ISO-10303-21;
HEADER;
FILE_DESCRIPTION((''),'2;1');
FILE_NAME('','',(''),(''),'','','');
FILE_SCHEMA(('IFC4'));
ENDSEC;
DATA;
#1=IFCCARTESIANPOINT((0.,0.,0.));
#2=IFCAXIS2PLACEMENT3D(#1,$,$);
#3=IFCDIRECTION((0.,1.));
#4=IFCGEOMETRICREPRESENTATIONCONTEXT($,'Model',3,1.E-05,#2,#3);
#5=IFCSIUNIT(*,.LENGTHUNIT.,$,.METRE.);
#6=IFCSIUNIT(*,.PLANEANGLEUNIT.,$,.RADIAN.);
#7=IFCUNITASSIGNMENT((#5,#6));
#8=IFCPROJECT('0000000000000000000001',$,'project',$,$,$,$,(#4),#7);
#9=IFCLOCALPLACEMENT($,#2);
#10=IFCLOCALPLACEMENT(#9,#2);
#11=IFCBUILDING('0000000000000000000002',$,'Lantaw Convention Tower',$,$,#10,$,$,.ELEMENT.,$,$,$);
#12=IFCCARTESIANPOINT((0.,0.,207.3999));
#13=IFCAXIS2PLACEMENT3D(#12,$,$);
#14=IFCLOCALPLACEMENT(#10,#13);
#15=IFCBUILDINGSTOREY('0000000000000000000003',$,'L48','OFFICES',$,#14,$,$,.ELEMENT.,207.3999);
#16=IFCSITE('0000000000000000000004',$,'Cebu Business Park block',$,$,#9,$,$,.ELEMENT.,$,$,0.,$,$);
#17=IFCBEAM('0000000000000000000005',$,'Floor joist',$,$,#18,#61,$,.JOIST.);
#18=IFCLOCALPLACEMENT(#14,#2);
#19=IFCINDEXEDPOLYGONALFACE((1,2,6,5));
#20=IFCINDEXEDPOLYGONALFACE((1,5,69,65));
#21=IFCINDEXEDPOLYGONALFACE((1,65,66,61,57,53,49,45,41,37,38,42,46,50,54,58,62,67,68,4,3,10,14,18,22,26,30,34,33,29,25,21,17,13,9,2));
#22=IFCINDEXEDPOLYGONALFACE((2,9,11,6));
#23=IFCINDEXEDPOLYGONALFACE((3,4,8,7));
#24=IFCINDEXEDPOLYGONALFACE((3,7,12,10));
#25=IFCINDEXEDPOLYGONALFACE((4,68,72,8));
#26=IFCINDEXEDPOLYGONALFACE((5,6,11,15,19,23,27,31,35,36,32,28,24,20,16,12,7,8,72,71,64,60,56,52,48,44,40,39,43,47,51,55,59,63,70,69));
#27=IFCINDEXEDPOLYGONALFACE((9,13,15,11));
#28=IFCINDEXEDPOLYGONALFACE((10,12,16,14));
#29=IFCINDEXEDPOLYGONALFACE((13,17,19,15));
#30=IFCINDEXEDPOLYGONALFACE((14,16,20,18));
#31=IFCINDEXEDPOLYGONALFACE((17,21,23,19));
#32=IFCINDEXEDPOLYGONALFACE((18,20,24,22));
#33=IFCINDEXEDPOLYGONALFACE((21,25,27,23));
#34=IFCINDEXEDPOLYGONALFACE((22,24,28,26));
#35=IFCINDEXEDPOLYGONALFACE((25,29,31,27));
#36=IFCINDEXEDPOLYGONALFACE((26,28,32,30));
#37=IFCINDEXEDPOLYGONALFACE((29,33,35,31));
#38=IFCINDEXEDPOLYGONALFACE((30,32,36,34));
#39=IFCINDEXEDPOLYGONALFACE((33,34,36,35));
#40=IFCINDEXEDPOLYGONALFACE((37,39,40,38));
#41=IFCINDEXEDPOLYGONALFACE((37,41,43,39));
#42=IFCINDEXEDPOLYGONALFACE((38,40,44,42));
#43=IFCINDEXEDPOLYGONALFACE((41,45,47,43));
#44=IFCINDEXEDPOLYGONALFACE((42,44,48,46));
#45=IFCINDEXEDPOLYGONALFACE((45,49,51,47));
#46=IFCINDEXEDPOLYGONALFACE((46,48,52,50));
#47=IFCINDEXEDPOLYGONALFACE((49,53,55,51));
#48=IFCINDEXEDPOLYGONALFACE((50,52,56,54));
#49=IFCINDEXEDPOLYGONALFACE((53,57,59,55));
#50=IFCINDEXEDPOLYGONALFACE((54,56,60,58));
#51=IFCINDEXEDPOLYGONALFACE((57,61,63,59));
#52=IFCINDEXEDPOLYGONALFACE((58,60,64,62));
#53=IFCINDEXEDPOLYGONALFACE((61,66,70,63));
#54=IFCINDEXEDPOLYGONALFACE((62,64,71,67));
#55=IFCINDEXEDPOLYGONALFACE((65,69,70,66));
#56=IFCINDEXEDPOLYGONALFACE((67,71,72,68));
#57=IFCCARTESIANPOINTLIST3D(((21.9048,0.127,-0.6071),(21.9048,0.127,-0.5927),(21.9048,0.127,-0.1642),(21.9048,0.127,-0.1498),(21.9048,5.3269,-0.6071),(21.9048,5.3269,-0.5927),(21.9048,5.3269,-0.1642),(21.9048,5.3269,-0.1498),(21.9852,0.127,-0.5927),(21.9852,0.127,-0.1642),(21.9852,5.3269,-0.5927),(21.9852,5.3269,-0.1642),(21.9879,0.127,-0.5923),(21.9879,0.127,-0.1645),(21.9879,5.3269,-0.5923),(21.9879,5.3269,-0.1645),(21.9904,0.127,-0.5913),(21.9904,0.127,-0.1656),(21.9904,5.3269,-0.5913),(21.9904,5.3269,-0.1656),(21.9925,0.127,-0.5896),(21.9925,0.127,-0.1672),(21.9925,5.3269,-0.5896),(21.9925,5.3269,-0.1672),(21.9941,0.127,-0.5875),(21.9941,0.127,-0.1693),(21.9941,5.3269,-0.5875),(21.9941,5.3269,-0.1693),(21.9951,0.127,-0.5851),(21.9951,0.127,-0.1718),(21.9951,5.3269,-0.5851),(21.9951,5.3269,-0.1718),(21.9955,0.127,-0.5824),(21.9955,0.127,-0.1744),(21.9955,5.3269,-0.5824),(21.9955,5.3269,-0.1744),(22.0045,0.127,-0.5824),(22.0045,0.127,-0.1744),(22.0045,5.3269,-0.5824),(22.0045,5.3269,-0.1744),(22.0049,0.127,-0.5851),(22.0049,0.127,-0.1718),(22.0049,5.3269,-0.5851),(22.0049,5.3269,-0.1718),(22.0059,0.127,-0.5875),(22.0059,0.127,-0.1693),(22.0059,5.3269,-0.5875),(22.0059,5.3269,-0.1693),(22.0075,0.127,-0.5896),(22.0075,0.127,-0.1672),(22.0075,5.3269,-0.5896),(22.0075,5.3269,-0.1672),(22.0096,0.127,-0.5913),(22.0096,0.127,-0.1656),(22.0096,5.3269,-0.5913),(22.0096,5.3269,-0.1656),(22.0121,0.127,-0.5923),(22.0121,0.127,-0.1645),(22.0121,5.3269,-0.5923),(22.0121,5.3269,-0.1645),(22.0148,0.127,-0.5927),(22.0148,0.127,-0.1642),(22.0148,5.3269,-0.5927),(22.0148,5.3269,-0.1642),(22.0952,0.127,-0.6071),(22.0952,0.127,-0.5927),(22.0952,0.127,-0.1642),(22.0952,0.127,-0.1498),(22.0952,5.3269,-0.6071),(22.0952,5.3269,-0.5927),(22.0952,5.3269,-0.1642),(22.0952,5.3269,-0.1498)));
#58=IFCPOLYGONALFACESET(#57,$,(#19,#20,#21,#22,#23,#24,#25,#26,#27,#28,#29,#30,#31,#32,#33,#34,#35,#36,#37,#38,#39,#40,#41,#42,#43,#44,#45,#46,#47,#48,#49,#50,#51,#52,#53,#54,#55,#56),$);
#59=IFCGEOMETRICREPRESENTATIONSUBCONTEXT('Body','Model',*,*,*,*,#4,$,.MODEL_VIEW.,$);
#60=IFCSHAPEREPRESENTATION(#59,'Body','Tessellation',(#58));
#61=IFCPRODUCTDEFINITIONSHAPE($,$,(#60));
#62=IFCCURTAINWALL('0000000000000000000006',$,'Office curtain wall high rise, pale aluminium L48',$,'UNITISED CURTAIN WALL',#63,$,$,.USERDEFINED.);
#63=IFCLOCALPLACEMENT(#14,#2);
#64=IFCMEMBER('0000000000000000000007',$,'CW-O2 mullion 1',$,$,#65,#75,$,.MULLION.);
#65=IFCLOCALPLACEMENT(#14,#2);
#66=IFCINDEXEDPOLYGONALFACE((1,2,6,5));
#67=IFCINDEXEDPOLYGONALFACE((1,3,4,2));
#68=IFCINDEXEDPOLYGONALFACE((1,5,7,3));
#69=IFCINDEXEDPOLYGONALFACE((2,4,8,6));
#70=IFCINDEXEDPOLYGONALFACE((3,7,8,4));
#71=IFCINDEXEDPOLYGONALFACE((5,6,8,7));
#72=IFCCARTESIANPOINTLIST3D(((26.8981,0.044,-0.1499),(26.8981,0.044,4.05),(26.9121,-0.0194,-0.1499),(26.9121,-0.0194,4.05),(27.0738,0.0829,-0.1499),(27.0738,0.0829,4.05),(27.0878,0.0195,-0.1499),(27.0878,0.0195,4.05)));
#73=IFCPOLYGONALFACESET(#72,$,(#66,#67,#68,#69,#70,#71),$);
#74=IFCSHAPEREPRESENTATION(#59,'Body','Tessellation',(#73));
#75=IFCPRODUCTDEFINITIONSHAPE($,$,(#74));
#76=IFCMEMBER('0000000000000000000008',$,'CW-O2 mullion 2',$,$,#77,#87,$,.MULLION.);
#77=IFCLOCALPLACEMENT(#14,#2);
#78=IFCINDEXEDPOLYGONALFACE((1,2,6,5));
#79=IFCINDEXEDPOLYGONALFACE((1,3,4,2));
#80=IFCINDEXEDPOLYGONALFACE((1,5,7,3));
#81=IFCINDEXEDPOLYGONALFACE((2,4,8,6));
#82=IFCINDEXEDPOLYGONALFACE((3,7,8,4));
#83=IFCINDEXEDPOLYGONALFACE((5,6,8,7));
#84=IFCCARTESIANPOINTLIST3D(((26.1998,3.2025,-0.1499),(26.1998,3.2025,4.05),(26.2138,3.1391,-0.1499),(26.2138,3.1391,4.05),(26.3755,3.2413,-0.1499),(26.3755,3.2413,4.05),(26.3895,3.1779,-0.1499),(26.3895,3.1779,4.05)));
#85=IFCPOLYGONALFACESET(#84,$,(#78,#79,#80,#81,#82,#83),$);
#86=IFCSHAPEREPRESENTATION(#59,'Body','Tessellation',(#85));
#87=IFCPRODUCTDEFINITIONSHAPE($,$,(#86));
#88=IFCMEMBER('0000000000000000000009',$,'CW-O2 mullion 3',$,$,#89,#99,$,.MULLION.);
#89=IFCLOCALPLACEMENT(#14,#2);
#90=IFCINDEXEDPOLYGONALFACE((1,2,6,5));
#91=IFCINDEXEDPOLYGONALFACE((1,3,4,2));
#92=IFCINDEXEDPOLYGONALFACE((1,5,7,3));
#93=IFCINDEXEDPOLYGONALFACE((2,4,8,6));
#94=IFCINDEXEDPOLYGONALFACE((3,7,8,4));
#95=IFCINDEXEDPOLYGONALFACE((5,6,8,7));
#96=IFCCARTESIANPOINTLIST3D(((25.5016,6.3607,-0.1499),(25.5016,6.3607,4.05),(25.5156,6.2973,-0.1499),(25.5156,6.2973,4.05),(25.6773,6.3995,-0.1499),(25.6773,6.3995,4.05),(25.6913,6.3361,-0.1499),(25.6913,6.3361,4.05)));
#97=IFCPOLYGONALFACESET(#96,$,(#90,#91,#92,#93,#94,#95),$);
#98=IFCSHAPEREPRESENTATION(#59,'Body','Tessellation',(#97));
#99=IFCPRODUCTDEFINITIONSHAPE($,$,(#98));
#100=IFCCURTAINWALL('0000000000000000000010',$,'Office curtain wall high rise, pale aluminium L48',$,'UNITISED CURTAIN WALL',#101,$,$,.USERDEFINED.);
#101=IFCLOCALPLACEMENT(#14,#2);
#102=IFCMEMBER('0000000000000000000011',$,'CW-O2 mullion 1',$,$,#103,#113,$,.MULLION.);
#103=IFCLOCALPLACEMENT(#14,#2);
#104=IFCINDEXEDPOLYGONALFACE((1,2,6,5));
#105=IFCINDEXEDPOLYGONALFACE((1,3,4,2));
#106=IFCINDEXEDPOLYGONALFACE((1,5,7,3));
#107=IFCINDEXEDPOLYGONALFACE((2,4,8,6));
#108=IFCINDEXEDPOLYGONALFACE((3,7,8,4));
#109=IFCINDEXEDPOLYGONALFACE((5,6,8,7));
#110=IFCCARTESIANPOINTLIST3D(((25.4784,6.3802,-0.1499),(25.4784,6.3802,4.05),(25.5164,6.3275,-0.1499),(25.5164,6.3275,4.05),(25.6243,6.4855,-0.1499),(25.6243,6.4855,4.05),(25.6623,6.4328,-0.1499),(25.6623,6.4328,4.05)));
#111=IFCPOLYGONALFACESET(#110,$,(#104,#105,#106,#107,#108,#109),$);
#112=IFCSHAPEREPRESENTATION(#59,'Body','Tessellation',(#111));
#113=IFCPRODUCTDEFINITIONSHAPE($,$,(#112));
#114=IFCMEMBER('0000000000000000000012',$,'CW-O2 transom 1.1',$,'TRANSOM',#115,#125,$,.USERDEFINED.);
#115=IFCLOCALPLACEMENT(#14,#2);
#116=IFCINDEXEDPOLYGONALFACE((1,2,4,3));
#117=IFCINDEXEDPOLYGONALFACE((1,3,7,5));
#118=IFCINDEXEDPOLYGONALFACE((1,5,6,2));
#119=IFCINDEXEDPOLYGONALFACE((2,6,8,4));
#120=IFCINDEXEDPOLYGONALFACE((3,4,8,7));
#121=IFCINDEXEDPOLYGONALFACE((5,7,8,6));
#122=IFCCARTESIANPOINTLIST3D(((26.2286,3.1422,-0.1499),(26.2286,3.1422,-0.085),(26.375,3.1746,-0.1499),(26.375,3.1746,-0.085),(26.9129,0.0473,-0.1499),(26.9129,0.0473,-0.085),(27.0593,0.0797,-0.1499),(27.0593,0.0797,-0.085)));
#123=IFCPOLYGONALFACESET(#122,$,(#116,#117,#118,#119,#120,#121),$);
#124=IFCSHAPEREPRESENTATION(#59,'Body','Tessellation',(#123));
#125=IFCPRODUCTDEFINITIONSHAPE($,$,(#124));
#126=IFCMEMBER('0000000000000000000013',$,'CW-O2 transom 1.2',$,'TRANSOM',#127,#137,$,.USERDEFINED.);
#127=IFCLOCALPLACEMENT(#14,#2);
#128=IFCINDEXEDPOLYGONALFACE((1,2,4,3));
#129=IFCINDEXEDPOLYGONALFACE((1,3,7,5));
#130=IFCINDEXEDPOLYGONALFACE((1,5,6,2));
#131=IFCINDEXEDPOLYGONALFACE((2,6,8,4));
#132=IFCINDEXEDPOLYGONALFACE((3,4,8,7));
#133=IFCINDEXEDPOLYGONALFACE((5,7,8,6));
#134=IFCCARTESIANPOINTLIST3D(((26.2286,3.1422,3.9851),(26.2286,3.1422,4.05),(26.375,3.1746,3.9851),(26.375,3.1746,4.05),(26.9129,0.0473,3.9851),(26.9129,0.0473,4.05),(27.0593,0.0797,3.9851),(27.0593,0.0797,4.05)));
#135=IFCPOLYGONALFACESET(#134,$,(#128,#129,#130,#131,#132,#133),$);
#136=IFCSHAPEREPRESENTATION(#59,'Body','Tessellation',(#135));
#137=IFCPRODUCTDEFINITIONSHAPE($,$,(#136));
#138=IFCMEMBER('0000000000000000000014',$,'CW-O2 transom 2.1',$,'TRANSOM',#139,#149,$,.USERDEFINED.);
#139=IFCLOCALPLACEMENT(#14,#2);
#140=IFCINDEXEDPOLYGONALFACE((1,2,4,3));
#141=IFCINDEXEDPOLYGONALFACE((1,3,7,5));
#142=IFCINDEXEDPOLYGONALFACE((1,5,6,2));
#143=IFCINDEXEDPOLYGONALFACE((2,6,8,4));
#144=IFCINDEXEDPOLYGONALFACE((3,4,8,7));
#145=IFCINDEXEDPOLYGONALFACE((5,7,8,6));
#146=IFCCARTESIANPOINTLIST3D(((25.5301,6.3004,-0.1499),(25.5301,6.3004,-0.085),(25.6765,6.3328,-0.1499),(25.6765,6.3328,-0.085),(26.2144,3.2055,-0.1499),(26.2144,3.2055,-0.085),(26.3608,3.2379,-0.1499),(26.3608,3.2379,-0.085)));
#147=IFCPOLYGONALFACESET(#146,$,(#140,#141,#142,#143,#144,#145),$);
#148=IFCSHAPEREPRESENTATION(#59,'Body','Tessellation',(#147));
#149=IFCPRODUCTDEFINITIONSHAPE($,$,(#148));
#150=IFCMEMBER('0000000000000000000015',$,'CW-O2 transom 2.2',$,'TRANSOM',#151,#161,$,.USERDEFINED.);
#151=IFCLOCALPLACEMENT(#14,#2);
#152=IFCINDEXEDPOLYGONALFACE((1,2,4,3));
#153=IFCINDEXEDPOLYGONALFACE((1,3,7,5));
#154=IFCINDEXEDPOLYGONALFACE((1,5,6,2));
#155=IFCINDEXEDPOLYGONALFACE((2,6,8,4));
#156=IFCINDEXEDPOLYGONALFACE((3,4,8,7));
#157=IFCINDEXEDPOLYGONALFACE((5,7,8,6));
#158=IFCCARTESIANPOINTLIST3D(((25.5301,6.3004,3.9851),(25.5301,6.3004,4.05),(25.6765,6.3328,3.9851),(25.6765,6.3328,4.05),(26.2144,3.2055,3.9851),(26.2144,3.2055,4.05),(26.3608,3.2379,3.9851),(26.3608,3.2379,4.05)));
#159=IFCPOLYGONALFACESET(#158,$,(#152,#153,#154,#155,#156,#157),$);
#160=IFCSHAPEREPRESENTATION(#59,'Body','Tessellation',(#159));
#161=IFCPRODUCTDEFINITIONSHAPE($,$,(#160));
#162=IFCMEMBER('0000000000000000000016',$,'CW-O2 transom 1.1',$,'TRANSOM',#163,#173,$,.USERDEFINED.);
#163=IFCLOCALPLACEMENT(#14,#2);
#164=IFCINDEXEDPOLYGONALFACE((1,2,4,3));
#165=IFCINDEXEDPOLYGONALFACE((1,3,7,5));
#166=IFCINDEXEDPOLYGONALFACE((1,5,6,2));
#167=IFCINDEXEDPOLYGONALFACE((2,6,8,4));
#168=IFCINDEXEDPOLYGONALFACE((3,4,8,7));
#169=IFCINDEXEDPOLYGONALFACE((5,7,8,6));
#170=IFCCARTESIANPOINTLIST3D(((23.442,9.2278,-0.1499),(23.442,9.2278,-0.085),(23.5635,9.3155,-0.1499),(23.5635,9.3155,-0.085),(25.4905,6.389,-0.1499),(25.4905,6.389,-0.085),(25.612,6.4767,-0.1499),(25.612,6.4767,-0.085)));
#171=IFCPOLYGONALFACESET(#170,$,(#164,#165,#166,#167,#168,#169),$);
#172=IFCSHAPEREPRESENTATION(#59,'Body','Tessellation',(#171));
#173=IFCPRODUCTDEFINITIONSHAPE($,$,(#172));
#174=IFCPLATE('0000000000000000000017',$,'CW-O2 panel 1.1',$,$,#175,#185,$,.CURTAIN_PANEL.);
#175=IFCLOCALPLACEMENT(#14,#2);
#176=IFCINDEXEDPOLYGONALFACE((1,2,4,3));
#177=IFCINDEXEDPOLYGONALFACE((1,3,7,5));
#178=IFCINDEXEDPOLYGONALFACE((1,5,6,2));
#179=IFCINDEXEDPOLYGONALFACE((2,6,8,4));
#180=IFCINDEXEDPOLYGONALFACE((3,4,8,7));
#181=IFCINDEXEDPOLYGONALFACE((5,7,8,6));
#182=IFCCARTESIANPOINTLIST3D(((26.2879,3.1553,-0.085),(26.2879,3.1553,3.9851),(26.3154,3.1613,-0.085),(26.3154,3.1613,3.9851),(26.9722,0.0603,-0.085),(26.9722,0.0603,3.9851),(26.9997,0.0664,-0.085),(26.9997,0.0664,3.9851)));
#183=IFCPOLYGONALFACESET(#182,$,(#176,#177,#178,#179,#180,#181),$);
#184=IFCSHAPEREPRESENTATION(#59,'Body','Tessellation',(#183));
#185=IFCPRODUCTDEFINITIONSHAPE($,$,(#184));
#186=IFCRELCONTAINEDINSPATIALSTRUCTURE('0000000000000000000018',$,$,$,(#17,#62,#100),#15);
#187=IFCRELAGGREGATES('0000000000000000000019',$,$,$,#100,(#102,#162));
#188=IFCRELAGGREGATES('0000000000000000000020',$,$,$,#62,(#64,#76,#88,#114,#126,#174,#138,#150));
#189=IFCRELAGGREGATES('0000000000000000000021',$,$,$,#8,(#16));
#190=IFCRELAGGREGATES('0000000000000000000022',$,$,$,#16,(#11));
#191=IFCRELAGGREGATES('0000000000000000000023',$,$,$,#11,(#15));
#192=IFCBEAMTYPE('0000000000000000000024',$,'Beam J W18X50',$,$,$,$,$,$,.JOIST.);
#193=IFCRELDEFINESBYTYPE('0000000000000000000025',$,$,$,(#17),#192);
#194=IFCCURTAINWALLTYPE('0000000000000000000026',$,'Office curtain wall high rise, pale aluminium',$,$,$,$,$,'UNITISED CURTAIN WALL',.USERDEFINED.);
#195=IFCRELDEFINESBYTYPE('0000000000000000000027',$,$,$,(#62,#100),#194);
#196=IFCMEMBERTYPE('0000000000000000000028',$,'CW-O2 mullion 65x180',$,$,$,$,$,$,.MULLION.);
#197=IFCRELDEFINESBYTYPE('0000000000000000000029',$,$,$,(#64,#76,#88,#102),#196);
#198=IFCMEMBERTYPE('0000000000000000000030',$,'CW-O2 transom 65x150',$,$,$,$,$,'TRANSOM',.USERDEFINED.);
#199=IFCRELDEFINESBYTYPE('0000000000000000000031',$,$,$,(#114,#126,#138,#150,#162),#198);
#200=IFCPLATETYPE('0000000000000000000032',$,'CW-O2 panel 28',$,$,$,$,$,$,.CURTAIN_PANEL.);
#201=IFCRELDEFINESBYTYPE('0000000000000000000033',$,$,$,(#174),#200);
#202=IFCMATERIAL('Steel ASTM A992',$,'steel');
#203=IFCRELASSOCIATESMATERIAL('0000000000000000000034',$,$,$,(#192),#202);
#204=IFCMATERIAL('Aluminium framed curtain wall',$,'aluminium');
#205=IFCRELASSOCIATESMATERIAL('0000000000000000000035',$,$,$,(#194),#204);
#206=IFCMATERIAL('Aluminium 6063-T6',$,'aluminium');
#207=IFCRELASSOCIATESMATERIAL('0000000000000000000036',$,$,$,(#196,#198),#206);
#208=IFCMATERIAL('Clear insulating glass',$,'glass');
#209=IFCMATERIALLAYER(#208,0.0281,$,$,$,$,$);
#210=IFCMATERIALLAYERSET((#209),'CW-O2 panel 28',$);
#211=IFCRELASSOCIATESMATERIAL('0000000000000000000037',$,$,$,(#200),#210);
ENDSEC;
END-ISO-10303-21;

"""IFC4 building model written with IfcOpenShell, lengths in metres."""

from ifc_helpers import new_model, si_unit, direction, frame, origin, origin_2d, place, context, subcontext, project, spatial, rectangle, i_section, extrude, material, layer, layer_set, material_profile, profile_set, type_object, element, aggregate, save


model = new_model("IFC4")

# Units and contexts
model_context = context("Model", 3, precision=1e-05, world=origin(), true_north=direction((0.0, 1.0)))
body_context = subcontext(model_context, "Body", "Model", "MODEL_VIEW")
ifc_project = project(units=[si_unit("LENGTHUNIT", "METRE"), si_unit("PLANEANGLEUNIT", "RADIAN")], contexts=[model_context])

# Site, building, storey
site_placement = place(None, origin())
site = spatial("IfcSite", under=ifc_project, at=site_placement, Name="Cebu Business Park block", CompositionType="ELEMENT", RefElevation=0.0)
building_placement = place(site_placement, origin())
building = spatial("IfcBuilding", under=site, at=building_placement, Name="Lantaw Convention Tower", CompositionType="ELEMENT")
storey_placement = place(building_placement, frame((0.0, 0.0, 207.3999)))
storey = spatial("IfcBuildingStorey", under=building, at=storey_placement, Name="L48", Description="OFFICES", CompositionType="ELEMENT", Elevation=207.3999)

# Beam
ifc_material_1 = material(Name="Steel ASTM A992", Category="steel")
ifc_material_profile_1 = material_profile(ifc_material_1, i_section(OverallWidth=0.1904, OverallDepth=0.4573, WebThickness=0.009, FlangeThickness=0.0144, FilletRadius=0.0103, at=origin_2d()), Name="W18X50")
ifc_profile_set_1 = profile_set([ifc_material_profile_1], Name="Steel ASTM A992")
beam_type_1 = type_object("IfcBeamType", Name="Beam J W18X50", PredefinedType="JOIST", material=ifc_profile_set_1)
beam_1_placement = place(storey_placement, frame((22.0, 0.127, -0.3784), z_axis=(0.0, 1.0, 0.0), x_axis=(-1.0, 0.0, 0.0)))
element("IfcBeam", 1, at=beam_1_placement, inside=storey, type_object=beam_type_1, Name="Floor joist", PredefinedType="JOIST", context=body_context, shape_type="SweptSolid", body=[
    extrude(i_section(OverallWidth=0.1904, OverallDepth=0.4573, WebThickness=0.009, FlangeThickness=0.0144, FilletRadius=0.0103, at=origin_2d()), origin(), (0.0, 0.0, 1.0), 5.2),
])

# Curtain wall, members
ifc_material_2 = material(Name="Aluminium framed curtain wall", Category="aluminium")
curtain_wall_type = type_object("IfcCurtainWallType", Name="Office curtain wall high rise, pale aluminium", ElementType="UNITISED CURTAIN WALL", PredefinedType="USERDEFINED", material=ifc_material_2)
curtain_wall_1_placement = place(storey_placement, origin())
curtain_wall_1 = element("IfcCurtainWall", 2, at=curtain_wall_1_placement, inside=storey, type_object=curtain_wall_type, Name="Office curtain wall high rise, pale aluminium L48", ObjectType="UNITISED CURTAIN WALL", PredefinedType="USERDEFINED")
ifc_material_3 = material(Name="Aluminium 6063-T6", Category="aluminium")
ifc_material_profile_2 = material_profile(ifc_material_3, rectangle(XDim=0.1799, YDim=0.0649, at=origin_2d()), Name="CW-O2 mullion 65x180")
ifc_profile_set_2 = profile_set([ifc_material_profile_2], Name="Aluminium 6063-T6")
member_type_1 = type_object("IfcMemberType", Name="CW-O2 mullion 65x180", PredefinedType="MULLION", material=ifc_profile_set_2)
member_1_placement = place(storey_placement, frame((26.9929, 0.0317, -0.1499), z_axis=(0.0, 0.0, 1.0), x_axis=(-0.976417, -0.215891, 0.0)))
member_1 = element("IfcMember", 3, at=member_1_placement, type_object=member_type_1, Name="CW-O2 mullion 1", PredefinedType="MULLION", context=body_context, shape_type="SweptSolid", body=[
    extrude(rectangle(XDim=0.1799, YDim=0.0649, at=origin_2d()), origin(), (0.0, 0.0, 1.0), 4.2),
])
member_2_placement = place(storey_placement, frame((26.2947, 3.1902, -0.1499), z_axis=(0.0, 0.0, 1.0), x_axis=(-0.976417, -0.215891, 0.0)))
member_2 = element("IfcMember", 4, at=member_2_placement, type_object=member_type_1, Name="CW-O2 mullion 2", PredefinedType="MULLION", context=body_context, shape_type="SweptSolid", body=[
    extrude(rectangle(XDim=0.1799, YDim=0.0649, at=origin_2d()), origin(), (0.0, 0.0, 1.0), 4.2),
])
member_3_placement = place(storey_placement, frame((25.5964, 6.3484, -0.1499), z_axis=(0.0, 0.0, 1.0), x_axis=(-0.976417, -0.215891, 0.0)))
member_3 = element("IfcMember", 5, at=member_3_placement, type_object=member_type_1, Name="CW-O2 mullion 3", PredefinedType="MULLION", context=body_context, shape_type="SweptSolid", body=[
    extrude(rectangle(XDim=0.1799, YDim=0.0649, at=origin_2d()), origin(), (0.0, 0.0, 1.0), 4.2),
])

# Curtain wall, member
curtain_wall_2_placement = place(storey_placement, origin())
curtain_wall_2 = element("IfcCurtainWall", 6, at=curtain_wall_2_placement, inside=storey, type_object=curtain_wall_type, Name="Office curtain wall high rise, pale aluminium L48", ObjectType="UNITISED CURTAIN WALL", PredefinedType="USERDEFINED")
member_4_placement = place(storey_placement, frame((25.5703, 6.4065, -0.1499), z_axis=(0.0, 0.0, 1.0), x_axis=(-0.81092, -0.585158, 0.0)))
member_4 = element("IfcMember", 7, at=member_4_placement, type_object=member_type_1, Name="CW-O2 mullion 1", PredefinedType="MULLION", context=body_context, shape_type="SweptSolid", body=[
    extrude(rectangle(XDim=0.1799, YDim=0.0649, at=origin_2d()), origin(), (0.0, 0.0, 1.0), 4.2),
])

# Members
ifc_material_profile_3 = material_profile(ifc_material_3, rectangle(XDim=0.1499, YDim=0.0649, at=origin_2d()), Name="CW-O2 transom 65x150")
ifc_profile_set_3 = profile_set([ifc_material_profile_3], Name="Aluminium 6063-T6")
member_type_2 = type_object("IfcMemberType", Name="CW-O2 transom 65x150", ElementType="TRANSOM", PredefinedType="USERDEFINED", material=ifc_profile_set_3)
member_5_placement = place(storey_placement, frame((26.9861, 0.0635, -0.1174), z_axis=(-0.215895, 0.976417, 0.0), x_axis=(-0.976417, -0.215895, 0.0)))
member_5 = element("IfcMember", 8, at=member_5_placement, type_object=member_type_2, Name="CW-O2 transom 1.1", ObjectType="TRANSOM", PredefinedType="USERDEFINED", context=body_context, shape_type="SweptSolid", body=[
    extrude(rectangle(XDim=0.1499, YDim=0.0649, at=origin_2d()), origin(), (0.0, 0.0, 1.0), 3.1697),
])
member_6_placement = place(storey_placement, frame((26.9861, 0.0635, 4.0176), z_axis=(-0.215895, 0.976417, 0.0), x_axis=(-0.976417, -0.215895, 0.0)))
member_6 = element("IfcMember", 9, at=member_6_placement, type_object=member_type_2, Name="CW-O2 transom 1.2", ObjectType="TRANSOM", PredefinedType="USERDEFINED", context=body_context, shape_type="SweptSolid", body=[
    extrude(rectangle(XDim=0.1499, YDim=0.0649, at=origin_2d()), origin(), (0.0, 0.0, 1.0), 3.1697),
])
member_7_placement = place(storey_placement, frame((26.2876, 3.2217, -0.1174), z_axis=(-0.215895, 0.976417, 0.0), x_axis=(-0.976417, -0.215895, 0.0)))
member_7 = element("IfcMember", 10, at=member_7_placement, type_object=member_type_2, Name="CW-O2 transom 2.1", ObjectType="TRANSOM", PredefinedType="USERDEFINED", context=body_context, shape_type="SweptSolid", body=[
    extrude(rectangle(XDim=0.1499, YDim=0.0649, at=origin_2d()), origin(), (0.0, 0.0, 1.0), 3.1697),
])
member_8_placement = place(storey_placement, frame((26.2876, 3.2217, 4.0176), z_axis=(-0.215895, 0.976417, 0.0), x_axis=(-0.976417, -0.215895, 0.0)))
member_8 = element("IfcMember", 11, at=member_8_placement, type_object=member_type_2, Name="CW-O2 transom 2.2", ObjectType="TRANSOM", PredefinedType="USERDEFINED", context=body_context, shape_type="SweptSolid", body=[
    extrude(rectangle(XDim=0.1499, YDim=0.0649, at=origin_2d()), origin(), (0.0, 0.0, 1.0), 3.1697),
])
member_9_placement = place(storey_placement, frame((25.5513, 6.4329, -0.1174), z_axis=(-0.58517, 0.810911, 0.0), x_axis=(-0.810911, -0.58517, 0.0)))
member_9 = element("IfcMember", 12, at=member_9_placement, type_object=member_type_2, Name="CW-O2 transom 1.1", ObjectType="TRANSOM", PredefinedType="USERDEFINED", context=body_context, shape_type="SweptSolid", body=[
    extrude(rectangle(XDim=0.1499, YDim=0.0649, at=origin_2d()), origin(), (0.0, 0.0, 1.0), 3.5007),
])
aggregate(curtain_wall_2, [member_4, member_9])

# Plate
ifc_material_4 = material(Name="Clear insulating glass", Category="glass")
ifc_layer_1 = layer(ifc_material_4, 0.0281)
ifc_layer_set_1 = layer_set([ifc_layer_1], Name="CW-O2 panel 28")
plate_type_1 = type_object("IfcPlateType", Name="CW-O2 panel 28", PredefinedType="CURTAIN_PANEL", material=ifc_layer_set_1)
plate_1_placement = place(storey_placement, frame((26.6438, 1.6108, -0.085), z_axis=(0.0, 0.0, 1.0), x_axis=(-0.215891, 0.976417, 0.0)))
plate_1 = element("IfcPlate", 13, at=plate_1_placement, type_object=plate_type_1, Name="CW-O2 panel 1.1", PredefinedType="CURTAIN_PANEL", context=body_context, shape_type="SweptSolid", body=[
    extrude(rectangle(XDim=3.1697, YDim=0.0281, at=origin_2d()), origin(), (0.0, 0.0, 1.0), 4.0701),
])
aggregate(curtain_wall_1, [member_1, member_2, member_3, member_5, member_6, plate_1, member_7, member_8])

save(model, "model.ifc")
